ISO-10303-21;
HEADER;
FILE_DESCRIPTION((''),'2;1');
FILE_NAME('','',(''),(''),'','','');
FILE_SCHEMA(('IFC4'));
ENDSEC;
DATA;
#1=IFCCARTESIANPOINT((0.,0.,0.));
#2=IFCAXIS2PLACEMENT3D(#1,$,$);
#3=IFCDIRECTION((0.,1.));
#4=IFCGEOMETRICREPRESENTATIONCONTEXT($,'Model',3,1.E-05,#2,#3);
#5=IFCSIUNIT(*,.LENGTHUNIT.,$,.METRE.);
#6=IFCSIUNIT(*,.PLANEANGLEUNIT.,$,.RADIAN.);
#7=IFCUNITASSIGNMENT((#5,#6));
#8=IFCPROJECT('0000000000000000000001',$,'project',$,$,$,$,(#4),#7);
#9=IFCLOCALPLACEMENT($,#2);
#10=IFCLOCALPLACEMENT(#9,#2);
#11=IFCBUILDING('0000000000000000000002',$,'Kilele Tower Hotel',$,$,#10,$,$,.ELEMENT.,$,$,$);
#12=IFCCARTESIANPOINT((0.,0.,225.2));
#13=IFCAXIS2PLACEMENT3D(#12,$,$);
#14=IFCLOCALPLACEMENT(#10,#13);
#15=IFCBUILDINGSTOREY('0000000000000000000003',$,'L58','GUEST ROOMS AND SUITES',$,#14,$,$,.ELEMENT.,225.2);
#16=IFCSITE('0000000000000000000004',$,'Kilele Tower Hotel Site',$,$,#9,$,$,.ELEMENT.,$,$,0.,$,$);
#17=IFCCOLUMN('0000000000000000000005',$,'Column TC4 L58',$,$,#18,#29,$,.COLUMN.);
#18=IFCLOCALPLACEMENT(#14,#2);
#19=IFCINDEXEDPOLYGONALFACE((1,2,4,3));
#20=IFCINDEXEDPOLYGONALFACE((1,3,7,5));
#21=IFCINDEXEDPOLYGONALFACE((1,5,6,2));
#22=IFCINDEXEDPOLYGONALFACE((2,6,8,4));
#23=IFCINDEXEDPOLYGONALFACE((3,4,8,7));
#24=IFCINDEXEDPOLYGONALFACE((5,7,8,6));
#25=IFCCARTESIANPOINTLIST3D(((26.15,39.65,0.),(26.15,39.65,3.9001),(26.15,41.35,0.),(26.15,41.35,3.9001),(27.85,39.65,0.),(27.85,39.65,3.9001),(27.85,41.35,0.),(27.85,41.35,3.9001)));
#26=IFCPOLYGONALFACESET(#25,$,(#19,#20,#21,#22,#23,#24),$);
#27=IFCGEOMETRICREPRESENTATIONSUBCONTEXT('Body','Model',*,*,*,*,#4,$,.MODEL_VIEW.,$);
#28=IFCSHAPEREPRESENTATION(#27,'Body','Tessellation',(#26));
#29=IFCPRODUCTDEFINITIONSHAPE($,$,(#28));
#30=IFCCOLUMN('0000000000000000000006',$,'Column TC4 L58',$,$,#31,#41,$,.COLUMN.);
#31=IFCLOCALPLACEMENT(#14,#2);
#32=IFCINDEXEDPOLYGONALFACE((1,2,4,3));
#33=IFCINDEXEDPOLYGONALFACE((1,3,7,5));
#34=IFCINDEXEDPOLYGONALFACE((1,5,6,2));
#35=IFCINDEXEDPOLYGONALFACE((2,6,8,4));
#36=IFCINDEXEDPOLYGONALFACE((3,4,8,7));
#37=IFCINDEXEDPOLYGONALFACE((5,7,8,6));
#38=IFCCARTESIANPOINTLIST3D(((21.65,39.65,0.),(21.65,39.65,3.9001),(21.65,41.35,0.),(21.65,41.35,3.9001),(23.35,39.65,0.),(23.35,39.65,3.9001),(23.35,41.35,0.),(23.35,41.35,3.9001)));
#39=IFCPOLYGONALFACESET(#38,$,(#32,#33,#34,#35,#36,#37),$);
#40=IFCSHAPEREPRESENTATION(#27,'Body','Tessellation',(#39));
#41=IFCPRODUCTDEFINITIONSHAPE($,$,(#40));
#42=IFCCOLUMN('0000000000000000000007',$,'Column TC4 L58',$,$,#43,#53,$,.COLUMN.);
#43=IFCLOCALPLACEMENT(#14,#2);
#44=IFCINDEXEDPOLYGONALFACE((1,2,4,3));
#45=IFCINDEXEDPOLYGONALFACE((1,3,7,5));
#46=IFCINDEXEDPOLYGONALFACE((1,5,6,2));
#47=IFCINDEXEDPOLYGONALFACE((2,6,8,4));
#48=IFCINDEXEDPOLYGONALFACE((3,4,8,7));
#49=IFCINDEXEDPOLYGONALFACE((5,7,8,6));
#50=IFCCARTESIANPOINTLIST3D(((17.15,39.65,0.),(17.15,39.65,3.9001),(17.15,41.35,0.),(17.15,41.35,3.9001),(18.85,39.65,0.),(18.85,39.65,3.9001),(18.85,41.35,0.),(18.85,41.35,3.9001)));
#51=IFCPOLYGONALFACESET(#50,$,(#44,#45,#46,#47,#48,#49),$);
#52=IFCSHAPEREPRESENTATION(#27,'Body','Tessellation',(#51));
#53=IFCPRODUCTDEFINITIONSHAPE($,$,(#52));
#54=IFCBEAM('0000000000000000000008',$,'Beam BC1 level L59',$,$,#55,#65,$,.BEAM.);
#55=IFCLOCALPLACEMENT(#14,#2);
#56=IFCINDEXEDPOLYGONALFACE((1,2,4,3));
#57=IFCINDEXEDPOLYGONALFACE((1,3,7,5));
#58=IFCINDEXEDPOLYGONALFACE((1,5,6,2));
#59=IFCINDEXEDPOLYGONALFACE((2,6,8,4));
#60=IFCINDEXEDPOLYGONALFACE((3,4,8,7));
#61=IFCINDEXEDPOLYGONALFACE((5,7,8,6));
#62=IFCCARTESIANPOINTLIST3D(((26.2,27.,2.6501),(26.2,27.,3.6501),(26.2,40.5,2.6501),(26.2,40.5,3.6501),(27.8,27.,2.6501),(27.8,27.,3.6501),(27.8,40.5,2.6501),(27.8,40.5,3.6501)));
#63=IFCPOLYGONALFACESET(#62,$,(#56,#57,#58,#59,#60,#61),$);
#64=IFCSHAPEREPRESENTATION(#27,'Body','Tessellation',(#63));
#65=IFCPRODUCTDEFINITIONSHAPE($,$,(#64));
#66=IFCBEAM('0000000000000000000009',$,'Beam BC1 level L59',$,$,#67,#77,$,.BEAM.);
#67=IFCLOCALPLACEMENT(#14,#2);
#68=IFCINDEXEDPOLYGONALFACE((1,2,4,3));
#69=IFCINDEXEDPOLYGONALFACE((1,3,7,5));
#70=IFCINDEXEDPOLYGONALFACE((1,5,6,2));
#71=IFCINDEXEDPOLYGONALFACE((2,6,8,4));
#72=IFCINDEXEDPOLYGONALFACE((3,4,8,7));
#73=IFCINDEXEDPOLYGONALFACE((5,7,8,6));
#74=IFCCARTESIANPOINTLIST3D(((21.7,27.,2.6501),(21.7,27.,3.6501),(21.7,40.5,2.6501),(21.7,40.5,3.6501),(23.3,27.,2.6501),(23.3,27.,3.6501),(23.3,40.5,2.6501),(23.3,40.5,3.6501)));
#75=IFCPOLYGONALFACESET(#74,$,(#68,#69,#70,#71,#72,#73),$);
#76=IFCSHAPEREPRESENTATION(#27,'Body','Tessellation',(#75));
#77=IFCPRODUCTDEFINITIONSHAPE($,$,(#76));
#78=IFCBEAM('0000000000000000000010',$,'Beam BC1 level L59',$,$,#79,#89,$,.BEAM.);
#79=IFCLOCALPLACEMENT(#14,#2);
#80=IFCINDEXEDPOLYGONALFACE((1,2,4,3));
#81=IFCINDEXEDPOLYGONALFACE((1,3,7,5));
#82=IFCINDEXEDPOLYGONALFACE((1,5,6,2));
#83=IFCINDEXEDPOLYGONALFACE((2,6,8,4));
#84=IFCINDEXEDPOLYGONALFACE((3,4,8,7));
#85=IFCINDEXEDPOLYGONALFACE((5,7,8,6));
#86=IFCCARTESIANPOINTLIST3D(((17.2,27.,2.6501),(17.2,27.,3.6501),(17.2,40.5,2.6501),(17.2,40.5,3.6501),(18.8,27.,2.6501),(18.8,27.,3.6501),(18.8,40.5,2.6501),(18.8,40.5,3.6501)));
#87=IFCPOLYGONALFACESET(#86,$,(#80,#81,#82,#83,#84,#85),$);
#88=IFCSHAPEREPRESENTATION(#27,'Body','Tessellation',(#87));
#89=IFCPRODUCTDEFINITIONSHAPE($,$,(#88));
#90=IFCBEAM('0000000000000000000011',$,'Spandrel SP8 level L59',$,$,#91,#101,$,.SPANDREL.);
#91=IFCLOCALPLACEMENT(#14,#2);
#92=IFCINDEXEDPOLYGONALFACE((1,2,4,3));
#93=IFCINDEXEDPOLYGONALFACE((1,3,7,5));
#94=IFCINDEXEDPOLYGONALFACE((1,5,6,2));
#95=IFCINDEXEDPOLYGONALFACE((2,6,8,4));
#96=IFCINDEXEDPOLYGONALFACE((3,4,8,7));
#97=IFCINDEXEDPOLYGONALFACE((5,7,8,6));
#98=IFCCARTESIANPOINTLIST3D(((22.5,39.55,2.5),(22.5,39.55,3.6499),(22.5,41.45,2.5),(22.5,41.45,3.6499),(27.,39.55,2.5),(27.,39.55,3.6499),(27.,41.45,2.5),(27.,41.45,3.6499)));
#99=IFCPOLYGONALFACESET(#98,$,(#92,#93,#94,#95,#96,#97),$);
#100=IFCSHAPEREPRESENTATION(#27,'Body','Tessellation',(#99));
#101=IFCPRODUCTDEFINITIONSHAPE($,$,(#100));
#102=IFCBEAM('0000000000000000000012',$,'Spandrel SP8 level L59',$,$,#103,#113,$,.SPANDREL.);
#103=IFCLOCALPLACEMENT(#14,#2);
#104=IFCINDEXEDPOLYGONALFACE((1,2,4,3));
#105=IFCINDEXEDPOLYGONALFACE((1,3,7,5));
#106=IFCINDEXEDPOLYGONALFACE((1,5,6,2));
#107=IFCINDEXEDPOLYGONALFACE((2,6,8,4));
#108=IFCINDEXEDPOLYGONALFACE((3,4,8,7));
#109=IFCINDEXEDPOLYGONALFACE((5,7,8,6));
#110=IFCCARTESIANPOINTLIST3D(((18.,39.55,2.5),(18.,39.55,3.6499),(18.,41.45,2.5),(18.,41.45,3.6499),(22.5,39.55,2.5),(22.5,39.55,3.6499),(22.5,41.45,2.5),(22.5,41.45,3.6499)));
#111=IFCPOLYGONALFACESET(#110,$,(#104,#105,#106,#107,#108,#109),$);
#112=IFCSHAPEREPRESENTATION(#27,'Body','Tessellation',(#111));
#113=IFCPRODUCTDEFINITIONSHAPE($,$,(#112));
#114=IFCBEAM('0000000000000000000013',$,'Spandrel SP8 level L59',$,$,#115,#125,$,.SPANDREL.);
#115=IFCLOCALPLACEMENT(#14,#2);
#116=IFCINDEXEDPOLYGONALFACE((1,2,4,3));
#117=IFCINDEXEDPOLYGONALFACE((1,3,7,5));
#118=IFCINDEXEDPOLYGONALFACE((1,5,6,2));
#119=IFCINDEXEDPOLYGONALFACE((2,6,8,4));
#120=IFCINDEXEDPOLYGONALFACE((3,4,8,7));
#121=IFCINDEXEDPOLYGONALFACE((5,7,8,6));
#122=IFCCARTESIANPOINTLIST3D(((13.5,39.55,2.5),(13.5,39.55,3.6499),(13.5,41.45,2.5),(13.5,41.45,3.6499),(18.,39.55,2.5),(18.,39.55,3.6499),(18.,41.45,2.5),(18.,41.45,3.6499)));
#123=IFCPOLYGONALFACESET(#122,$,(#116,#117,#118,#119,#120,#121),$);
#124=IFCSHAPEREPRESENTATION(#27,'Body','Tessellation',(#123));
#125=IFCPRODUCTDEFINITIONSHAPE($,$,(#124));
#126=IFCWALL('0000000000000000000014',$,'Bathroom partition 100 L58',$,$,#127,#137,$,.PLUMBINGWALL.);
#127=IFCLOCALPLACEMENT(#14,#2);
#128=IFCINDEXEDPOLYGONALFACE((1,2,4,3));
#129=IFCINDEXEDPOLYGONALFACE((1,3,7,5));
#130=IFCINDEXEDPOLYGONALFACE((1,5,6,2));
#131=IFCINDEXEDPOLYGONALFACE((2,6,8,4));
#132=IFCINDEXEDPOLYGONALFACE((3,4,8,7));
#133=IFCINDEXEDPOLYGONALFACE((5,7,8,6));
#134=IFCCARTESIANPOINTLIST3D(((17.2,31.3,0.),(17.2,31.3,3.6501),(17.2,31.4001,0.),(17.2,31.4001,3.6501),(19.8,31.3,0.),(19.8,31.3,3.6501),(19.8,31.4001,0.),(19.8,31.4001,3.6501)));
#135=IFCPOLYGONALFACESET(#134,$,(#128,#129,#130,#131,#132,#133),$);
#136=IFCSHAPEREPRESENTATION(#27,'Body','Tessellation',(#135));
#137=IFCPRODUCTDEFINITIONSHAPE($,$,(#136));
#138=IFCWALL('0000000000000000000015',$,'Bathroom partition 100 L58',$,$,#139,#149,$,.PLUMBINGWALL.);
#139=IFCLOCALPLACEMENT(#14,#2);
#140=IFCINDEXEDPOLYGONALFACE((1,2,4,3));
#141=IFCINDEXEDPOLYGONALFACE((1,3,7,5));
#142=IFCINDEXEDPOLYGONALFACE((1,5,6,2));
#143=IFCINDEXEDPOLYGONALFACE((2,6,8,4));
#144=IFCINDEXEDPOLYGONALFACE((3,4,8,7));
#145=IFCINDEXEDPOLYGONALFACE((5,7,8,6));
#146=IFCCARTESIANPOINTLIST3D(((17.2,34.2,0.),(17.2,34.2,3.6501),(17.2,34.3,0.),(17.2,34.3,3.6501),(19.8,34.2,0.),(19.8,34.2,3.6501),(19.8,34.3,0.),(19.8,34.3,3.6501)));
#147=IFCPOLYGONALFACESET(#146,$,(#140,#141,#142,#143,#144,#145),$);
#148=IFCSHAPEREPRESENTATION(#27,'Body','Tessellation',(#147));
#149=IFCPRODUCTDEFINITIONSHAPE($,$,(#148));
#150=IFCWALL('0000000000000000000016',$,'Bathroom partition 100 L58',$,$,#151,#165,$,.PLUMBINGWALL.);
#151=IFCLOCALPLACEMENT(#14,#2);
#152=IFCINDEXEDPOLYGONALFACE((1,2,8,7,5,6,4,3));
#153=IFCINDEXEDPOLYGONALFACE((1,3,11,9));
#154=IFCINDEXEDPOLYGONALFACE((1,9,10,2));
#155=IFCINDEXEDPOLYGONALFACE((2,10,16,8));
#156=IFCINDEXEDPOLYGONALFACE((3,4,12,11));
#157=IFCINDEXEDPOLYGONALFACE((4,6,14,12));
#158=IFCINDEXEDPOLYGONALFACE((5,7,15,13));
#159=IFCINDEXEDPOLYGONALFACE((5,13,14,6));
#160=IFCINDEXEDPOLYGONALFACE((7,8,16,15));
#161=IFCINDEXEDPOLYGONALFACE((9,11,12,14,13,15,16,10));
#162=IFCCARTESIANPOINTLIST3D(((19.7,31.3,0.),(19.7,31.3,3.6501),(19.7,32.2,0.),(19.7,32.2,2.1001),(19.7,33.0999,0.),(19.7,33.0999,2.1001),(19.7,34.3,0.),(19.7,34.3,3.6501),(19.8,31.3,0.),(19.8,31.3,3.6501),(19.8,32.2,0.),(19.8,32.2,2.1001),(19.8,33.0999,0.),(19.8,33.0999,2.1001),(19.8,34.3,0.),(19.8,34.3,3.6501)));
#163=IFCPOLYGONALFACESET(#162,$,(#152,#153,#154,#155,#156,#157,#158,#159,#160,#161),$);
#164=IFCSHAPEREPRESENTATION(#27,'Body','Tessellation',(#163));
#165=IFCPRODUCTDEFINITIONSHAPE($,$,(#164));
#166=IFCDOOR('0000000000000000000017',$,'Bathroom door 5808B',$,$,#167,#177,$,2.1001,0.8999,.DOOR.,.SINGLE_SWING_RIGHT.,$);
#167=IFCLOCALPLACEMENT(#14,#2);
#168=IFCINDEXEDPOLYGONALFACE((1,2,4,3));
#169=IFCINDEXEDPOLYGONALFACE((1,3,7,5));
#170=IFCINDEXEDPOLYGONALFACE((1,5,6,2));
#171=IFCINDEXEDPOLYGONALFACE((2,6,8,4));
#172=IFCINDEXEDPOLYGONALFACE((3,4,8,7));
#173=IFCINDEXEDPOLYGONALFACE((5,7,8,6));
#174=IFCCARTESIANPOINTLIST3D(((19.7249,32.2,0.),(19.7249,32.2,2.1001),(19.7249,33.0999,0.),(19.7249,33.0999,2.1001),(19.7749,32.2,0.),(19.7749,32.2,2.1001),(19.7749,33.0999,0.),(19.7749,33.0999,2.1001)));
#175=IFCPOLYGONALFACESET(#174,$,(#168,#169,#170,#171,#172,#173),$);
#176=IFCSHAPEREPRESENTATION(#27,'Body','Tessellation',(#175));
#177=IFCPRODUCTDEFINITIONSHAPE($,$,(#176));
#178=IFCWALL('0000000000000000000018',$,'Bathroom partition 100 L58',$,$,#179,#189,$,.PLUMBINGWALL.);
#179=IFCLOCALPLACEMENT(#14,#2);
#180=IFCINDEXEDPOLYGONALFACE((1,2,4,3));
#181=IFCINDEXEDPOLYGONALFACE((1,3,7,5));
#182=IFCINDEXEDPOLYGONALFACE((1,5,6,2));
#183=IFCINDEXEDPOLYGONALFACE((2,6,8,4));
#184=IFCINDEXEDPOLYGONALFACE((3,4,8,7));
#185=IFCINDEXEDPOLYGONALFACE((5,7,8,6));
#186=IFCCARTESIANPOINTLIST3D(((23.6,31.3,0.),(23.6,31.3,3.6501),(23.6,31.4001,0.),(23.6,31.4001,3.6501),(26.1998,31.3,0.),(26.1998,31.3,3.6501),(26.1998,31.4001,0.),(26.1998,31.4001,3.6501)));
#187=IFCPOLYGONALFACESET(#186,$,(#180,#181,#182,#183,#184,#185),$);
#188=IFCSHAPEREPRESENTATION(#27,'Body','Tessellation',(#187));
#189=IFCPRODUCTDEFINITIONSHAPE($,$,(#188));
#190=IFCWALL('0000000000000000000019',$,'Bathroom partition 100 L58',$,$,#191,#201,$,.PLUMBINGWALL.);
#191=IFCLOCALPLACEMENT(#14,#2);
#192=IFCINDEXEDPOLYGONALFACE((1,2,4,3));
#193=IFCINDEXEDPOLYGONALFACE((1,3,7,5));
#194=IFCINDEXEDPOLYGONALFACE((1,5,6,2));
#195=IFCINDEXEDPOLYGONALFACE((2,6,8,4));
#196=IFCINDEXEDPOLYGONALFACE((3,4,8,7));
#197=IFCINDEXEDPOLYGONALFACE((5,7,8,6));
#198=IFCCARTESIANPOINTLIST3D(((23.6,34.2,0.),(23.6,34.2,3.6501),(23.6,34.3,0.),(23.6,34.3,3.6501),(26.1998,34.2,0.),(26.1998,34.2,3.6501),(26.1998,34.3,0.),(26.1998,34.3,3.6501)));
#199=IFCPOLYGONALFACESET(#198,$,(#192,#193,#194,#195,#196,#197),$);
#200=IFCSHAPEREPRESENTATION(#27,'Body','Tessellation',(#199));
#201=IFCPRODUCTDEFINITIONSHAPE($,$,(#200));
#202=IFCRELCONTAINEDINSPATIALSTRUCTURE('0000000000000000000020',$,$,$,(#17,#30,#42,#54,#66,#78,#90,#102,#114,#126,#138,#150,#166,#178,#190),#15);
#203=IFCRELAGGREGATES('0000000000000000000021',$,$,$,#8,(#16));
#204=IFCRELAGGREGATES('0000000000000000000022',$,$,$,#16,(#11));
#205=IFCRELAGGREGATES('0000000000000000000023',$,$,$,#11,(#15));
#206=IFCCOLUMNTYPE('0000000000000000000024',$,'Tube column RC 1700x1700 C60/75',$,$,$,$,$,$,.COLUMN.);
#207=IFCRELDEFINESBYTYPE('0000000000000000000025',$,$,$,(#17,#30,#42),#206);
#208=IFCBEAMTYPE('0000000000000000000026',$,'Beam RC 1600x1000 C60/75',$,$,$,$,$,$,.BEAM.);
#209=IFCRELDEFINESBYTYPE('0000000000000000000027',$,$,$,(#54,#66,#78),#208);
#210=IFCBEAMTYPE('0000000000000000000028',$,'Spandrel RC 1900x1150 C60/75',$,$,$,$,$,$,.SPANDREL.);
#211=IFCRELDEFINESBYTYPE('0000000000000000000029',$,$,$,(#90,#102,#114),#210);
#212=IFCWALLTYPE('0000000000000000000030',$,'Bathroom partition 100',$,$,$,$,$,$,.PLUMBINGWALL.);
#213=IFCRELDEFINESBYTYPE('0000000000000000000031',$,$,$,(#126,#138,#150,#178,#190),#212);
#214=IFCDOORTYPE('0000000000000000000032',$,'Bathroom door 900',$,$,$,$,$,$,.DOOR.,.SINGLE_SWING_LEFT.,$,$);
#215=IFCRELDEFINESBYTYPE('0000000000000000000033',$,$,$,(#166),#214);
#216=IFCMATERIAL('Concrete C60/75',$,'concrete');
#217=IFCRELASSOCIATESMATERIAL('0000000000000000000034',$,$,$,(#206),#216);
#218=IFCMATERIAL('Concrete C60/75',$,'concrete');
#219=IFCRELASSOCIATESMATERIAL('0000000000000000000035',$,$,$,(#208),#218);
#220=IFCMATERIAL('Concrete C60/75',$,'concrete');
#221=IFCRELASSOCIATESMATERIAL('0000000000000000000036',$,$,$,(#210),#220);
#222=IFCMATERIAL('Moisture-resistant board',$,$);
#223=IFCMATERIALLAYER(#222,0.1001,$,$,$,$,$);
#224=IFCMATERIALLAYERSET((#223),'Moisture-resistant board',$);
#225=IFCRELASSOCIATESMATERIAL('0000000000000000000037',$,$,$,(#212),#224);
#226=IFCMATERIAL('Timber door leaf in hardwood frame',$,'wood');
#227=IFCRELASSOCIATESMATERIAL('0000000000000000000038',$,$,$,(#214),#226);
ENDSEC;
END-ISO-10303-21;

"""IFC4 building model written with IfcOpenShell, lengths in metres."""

from ifc_helpers import new_model, si_unit, direction, frame, frame_2d, origin, origin_2d, place, context, subcontext, project, spatial, rectangle, extrude, material, layer, layer_set, material_profile, profile_set, type_object, element, fill, save


model = new_model("IFC4")

# Units and contexts
model_context = context("Model", 3, precision=1e-05, world=origin(), true_north=direction((0.0, 1.0)))
body_context = subcontext(model_context, "Body", "Model", "MODEL_VIEW")
ifc_project = project(units=[si_unit("LENGTHUNIT", "METRE"), si_unit("PLANEANGLEUNIT", "RADIAN")], contexts=[model_context])

# Site, building, storey
site_placement = place(None, origin())
site = spatial("IfcSite", under=ifc_project, at=site_placement, Name="Kilele Tower Hotel Site", CompositionType="ELEMENT", RefElevation=0.0)
building_placement = place(site_placement, origin())
building = spatial("IfcBuilding", under=site, at=building_placement, Name="Kilele Tower Hotel", CompositionType="ELEMENT")
storey_placement = place(building_placement, frame((0.0, 0.0, 225.2)))
storey = spatial("IfcBuildingStorey", under=building, at=storey_placement, Name="L58", Description="GUEST ROOMS AND SUITES", CompositionType="ELEMENT", Elevation=225.2)

# Columns
ifc_material_1 = material(Name="Concrete C60/75", Category="concrete")
ifc_material_profile_1 = material_profile(ifc_material_1, rectangle(XDim=1.7, YDim=1.7, at=origin_2d()))
ifc_profile_set_1 = profile_set([ifc_material_profile_1], Name="Concrete C60/75")
column_type = type_object("IfcColumnType", Name="Tube column RC 1700x1700 C60/75", PredefinedType="COLUMN", material=ifc_profile_set_1)
for number, where, z_axis, x_axis, name in (
    (1, (27.0, 40.5, 0.0), (0.0, 0.0, 1.0), (1.0, 0.0, 0.0), "Column TC4 L58"),
    (2, (22.5, 40.5, 0.0), (0.0, 0.0, 1.0), (1.0, 0.0, 0.0), "Column TC4 L58"),
    (3, (18.0, 40.5, 0.0), (0.0, 0.0, 1.0), (1.0, 0.0, 0.0), "Column TC4 L58"),
):
    element("IfcColumn", number, at=place(storey_placement, frame(where, z_axis=z_axis, x_axis=x_axis)), inside=storey, type_object=column_type, Name=name, PredefinedType="COLUMN", context=body_context, shape_type="SweptSolid", body=[
        extrude(rectangle(XDim=1.7, YDim=1.7, at=origin_2d()), origin(), (0.0, 0.0, 1.0), 3.9001),
    ])

# Beams
ifc_material_2 = material(Name="Concrete C60/75", Category="concrete")
ifc_material_profile_2 = material_profile(ifc_material_2, rectangle(XDim=1.6001, YDim=1.0, at=origin_2d()))
ifc_profile_set_2 = profile_set([ifc_material_profile_2], Name="Concrete C60/75")
beam_type_1 = type_object("IfcBeamType", Name="Beam RC 1600x1000 C60/75", PredefinedType="BEAM", material=ifc_profile_set_2)
for number, where, z_axis, x_axis, name in (
    (4, (27.0, 40.5, 3.1501), (0.0, -1.0, 0.0), (1.0, 0.0, 0.0), "Beam BC1 level L59"),
    (5, (22.5, 40.5, 3.1501), (0.0, -1.0, 0.0), (1.0, 0.0, 0.0), "Beam BC1 level L59"),
    (6, (18.0, 40.5, 3.1501), (0.0, -1.0, 0.0), (1.0, 0.0, 0.0), "Beam BC1 level L59"),
):
    element("IfcBeam", number, at=place(storey_placement, frame(where, z_axis=z_axis, x_axis=x_axis)), inside=storey, type_object=beam_type_1, Name=name, PredefinedType="BEAM", context=body_context, shape_type="SweptSolid", body=[
        extrude(rectangle(XDim=1.6001, YDim=1.0, at=origin_2d()), origin(), (0.0, 0.0, 1.0), 13.5),
    ])
ifc_material_3 = material(Name="Concrete C60/75", Category="concrete")
ifc_material_profile_3 = material_profile(ifc_material_3, rectangle(XDim=1.8999, YDim=1.1499, at=origin_2d()))
ifc_profile_set_3 = profile_set([ifc_material_profile_3], Name="Concrete C60/75")
beam_type_2 = type_object("IfcBeamType", Name="Spandrel RC 1900x1150 C60/75", PredefinedType="SPANDREL", material=ifc_profile_set_3)
for number, where, z_axis, x_axis, name in (
    (7, (27.0, 40.5, 3.075), (-1.0, 0.0, 0.0), (0.0, -1.0, 0.0), "Spandrel SP8 level L59"),
    (8, (22.5, 40.5, 3.075), (-1.0, 0.0, 0.0), (0.0, -1.0, 0.0), "Spandrel SP8 level L59"),
    (9, (18.0, 40.5, 3.075), (-1.0, 0.0, 0.0), (0.0, -1.0, 0.0), "Spandrel SP8 level L59"),
):
    element("IfcBeam", number, at=place(storey_placement, frame(where, z_axis=z_axis, x_axis=x_axis)), inside=storey, type_object=beam_type_2, Name=name, PredefinedType="SPANDREL", context=body_context, shape_type="SweptSolid", body=[
        extrude(rectangle(XDim=1.8999, YDim=1.1499, at=origin_2d()), origin(), (0.0, 0.0, 1.0), 4.5),
    ])

# Walls
ifc_material_4 = material(Name="Moisture-resistant board")
ifc_layer_1 = layer(ifc_material_4, 0.1001)
ifc_layer_set_1 = layer_set([ifc_layer_1], Name="Moisture-resistant board")
wall_type_1 = type_object("IfcWallType", Name="Bathroom partition 100", PredefinedType="PLUMBINGWALL", material=ifc_layer_set_1)
for number, where, z_axis, x_axis, name in (
    (10, (17.2, 31.3501, 0.0), (0.0, 0.0, 1.0), (1.0, 0.0, 0.0), "Bathroom partition 100 L58"),
    (11, (17.2, 34.25, 0.0), (0.0, 0.0, 1.0), (1.0, 0.0, 0.0), "Bathroom partition 100 L58"),
):
    element("IfcWall", number, at=place(storey_placement, frame(where, z_axis=z_axis, x_axis=x_axis)), inside=storey, type_object=wall_type_1, Name=name, PredefinedType="PLUMBINGWALL", context=body_context, shape_type="SweptSolid", body=[
        extrude(rectangle(XDim=2.6001, YDim=0.1001, at=frame_2d((1.3, 0.0))), origin(), (0.0, 0.0, 1.0), 3.6501),
    ])

# Wall, opening, door
wall_1_placement = place(storey_placement, frame((19.75, 31.3, 0.0), z_axis=(0.0, 0.0, 1.0), x_axis=(0.0, 1.0, 0.0)))
wall_1 = element("IfcWall", 12, at=wall_1_placement, inside=storey, type_object=wall_type_1, Name="Bathroom partition 100 L58", PredefinedType="PLUMBINGWALL", context=body_context, shape_type="SweptSolid", body=[
    extrude(rectangle(XDim=3.0, YDim=0.1001, at=frame_2d((1.5, 0.0))), origin(), (0.0, 0.0, 1.0), 3.6501),
])
opening_1_placement = place(wall_1_placement, frame((1.7998, 0.0, 0.0), z_axis=(0.0, 0.0, 1.0), x_axis=(-1.0, 0.0, 0.0)))
opening_1 = element("IfcOpeningElement", 13, at=opening_1_placement, cuts=wall_1, PredefinedType="OPENING", context=body_context, shape_type="SweptSolid", body=[
    extrude(rectangle(XDim=0.8999, YDim=2.1001, at=frame_2d((0.45, 1.05))), frame((0.0, 0.0601, 0.0), z_axis=(0.0, -1.0, 0.0), x_axis=(1.0, 0.0, 0.0)), (0.0, 0.0, 1.0), 0.1201),
])
ifc_material_5 = material(Name="Timber door leaf in hardwood frame", Category="wood")
door_type_1 = type_object("IfcDoorType", Name="Bathroom door 900", OperationType="SINGLE_SWING_LEFT", PredefinedType="DOOR", material=ifc_material_5)
door_1_placement = place(opening_1_placement, origin())
door_1 = element("IfcDoor", 14, at=door_1_placement, inside=storey, type_object=door_type_1, Name="Bathroom door 5808B", OperationType="SINGLE_SWING_RIGHT", OverallHeight=2.1001, OverallWidth=0.8999, PredefinedType="DOOR", context=body_context, shape_type="SweptSolid", body=[
    extrude(rectangle(XDim=0.8999, YDim=2.1001, at=frame_2d((0.45, 1.05))), frame((0.0, 0.0249, 0.0), z_axis=(0.0, -1.0, 0.0), x_axis=(1.0, 0.0, 0.0)), (0.0, 0.0, 1.0), 0.05),
])
fill(opening_1, door_1)

# Walls
for number, where, z_axis, x_axis, name in (
    (15, (23.6001, 31.3501, 0.0), (0.0, 0.0, 1.0), (1.0, 0.0, 0.0), "Bathroom partition 100 L58"),
    (16, (23.6001, 34.25, 0.0), (0.0, 0.0, 1.0), (1.0, 0.0, 0.0), "Bathroom partition 100 L58"),
):
    element("IfcWall", number, at=place(storey_placement, frame(where, z_axis=z_axis, x_axis=x_axis)), inside=storey, type_object=wall_type_1, Name=name, PredefinedType="PLUMBINGWALL", context=body_context, shape_type="SweptSolid", body=[
        extrude(rectangle(XDim=2.5999, YDim=0.1001, at=frame_2d((1.2998, 0.0))), origin(), (0.0, 0.0, 1.0), 3.6501),
    ])

save(model, "model.ifc")
